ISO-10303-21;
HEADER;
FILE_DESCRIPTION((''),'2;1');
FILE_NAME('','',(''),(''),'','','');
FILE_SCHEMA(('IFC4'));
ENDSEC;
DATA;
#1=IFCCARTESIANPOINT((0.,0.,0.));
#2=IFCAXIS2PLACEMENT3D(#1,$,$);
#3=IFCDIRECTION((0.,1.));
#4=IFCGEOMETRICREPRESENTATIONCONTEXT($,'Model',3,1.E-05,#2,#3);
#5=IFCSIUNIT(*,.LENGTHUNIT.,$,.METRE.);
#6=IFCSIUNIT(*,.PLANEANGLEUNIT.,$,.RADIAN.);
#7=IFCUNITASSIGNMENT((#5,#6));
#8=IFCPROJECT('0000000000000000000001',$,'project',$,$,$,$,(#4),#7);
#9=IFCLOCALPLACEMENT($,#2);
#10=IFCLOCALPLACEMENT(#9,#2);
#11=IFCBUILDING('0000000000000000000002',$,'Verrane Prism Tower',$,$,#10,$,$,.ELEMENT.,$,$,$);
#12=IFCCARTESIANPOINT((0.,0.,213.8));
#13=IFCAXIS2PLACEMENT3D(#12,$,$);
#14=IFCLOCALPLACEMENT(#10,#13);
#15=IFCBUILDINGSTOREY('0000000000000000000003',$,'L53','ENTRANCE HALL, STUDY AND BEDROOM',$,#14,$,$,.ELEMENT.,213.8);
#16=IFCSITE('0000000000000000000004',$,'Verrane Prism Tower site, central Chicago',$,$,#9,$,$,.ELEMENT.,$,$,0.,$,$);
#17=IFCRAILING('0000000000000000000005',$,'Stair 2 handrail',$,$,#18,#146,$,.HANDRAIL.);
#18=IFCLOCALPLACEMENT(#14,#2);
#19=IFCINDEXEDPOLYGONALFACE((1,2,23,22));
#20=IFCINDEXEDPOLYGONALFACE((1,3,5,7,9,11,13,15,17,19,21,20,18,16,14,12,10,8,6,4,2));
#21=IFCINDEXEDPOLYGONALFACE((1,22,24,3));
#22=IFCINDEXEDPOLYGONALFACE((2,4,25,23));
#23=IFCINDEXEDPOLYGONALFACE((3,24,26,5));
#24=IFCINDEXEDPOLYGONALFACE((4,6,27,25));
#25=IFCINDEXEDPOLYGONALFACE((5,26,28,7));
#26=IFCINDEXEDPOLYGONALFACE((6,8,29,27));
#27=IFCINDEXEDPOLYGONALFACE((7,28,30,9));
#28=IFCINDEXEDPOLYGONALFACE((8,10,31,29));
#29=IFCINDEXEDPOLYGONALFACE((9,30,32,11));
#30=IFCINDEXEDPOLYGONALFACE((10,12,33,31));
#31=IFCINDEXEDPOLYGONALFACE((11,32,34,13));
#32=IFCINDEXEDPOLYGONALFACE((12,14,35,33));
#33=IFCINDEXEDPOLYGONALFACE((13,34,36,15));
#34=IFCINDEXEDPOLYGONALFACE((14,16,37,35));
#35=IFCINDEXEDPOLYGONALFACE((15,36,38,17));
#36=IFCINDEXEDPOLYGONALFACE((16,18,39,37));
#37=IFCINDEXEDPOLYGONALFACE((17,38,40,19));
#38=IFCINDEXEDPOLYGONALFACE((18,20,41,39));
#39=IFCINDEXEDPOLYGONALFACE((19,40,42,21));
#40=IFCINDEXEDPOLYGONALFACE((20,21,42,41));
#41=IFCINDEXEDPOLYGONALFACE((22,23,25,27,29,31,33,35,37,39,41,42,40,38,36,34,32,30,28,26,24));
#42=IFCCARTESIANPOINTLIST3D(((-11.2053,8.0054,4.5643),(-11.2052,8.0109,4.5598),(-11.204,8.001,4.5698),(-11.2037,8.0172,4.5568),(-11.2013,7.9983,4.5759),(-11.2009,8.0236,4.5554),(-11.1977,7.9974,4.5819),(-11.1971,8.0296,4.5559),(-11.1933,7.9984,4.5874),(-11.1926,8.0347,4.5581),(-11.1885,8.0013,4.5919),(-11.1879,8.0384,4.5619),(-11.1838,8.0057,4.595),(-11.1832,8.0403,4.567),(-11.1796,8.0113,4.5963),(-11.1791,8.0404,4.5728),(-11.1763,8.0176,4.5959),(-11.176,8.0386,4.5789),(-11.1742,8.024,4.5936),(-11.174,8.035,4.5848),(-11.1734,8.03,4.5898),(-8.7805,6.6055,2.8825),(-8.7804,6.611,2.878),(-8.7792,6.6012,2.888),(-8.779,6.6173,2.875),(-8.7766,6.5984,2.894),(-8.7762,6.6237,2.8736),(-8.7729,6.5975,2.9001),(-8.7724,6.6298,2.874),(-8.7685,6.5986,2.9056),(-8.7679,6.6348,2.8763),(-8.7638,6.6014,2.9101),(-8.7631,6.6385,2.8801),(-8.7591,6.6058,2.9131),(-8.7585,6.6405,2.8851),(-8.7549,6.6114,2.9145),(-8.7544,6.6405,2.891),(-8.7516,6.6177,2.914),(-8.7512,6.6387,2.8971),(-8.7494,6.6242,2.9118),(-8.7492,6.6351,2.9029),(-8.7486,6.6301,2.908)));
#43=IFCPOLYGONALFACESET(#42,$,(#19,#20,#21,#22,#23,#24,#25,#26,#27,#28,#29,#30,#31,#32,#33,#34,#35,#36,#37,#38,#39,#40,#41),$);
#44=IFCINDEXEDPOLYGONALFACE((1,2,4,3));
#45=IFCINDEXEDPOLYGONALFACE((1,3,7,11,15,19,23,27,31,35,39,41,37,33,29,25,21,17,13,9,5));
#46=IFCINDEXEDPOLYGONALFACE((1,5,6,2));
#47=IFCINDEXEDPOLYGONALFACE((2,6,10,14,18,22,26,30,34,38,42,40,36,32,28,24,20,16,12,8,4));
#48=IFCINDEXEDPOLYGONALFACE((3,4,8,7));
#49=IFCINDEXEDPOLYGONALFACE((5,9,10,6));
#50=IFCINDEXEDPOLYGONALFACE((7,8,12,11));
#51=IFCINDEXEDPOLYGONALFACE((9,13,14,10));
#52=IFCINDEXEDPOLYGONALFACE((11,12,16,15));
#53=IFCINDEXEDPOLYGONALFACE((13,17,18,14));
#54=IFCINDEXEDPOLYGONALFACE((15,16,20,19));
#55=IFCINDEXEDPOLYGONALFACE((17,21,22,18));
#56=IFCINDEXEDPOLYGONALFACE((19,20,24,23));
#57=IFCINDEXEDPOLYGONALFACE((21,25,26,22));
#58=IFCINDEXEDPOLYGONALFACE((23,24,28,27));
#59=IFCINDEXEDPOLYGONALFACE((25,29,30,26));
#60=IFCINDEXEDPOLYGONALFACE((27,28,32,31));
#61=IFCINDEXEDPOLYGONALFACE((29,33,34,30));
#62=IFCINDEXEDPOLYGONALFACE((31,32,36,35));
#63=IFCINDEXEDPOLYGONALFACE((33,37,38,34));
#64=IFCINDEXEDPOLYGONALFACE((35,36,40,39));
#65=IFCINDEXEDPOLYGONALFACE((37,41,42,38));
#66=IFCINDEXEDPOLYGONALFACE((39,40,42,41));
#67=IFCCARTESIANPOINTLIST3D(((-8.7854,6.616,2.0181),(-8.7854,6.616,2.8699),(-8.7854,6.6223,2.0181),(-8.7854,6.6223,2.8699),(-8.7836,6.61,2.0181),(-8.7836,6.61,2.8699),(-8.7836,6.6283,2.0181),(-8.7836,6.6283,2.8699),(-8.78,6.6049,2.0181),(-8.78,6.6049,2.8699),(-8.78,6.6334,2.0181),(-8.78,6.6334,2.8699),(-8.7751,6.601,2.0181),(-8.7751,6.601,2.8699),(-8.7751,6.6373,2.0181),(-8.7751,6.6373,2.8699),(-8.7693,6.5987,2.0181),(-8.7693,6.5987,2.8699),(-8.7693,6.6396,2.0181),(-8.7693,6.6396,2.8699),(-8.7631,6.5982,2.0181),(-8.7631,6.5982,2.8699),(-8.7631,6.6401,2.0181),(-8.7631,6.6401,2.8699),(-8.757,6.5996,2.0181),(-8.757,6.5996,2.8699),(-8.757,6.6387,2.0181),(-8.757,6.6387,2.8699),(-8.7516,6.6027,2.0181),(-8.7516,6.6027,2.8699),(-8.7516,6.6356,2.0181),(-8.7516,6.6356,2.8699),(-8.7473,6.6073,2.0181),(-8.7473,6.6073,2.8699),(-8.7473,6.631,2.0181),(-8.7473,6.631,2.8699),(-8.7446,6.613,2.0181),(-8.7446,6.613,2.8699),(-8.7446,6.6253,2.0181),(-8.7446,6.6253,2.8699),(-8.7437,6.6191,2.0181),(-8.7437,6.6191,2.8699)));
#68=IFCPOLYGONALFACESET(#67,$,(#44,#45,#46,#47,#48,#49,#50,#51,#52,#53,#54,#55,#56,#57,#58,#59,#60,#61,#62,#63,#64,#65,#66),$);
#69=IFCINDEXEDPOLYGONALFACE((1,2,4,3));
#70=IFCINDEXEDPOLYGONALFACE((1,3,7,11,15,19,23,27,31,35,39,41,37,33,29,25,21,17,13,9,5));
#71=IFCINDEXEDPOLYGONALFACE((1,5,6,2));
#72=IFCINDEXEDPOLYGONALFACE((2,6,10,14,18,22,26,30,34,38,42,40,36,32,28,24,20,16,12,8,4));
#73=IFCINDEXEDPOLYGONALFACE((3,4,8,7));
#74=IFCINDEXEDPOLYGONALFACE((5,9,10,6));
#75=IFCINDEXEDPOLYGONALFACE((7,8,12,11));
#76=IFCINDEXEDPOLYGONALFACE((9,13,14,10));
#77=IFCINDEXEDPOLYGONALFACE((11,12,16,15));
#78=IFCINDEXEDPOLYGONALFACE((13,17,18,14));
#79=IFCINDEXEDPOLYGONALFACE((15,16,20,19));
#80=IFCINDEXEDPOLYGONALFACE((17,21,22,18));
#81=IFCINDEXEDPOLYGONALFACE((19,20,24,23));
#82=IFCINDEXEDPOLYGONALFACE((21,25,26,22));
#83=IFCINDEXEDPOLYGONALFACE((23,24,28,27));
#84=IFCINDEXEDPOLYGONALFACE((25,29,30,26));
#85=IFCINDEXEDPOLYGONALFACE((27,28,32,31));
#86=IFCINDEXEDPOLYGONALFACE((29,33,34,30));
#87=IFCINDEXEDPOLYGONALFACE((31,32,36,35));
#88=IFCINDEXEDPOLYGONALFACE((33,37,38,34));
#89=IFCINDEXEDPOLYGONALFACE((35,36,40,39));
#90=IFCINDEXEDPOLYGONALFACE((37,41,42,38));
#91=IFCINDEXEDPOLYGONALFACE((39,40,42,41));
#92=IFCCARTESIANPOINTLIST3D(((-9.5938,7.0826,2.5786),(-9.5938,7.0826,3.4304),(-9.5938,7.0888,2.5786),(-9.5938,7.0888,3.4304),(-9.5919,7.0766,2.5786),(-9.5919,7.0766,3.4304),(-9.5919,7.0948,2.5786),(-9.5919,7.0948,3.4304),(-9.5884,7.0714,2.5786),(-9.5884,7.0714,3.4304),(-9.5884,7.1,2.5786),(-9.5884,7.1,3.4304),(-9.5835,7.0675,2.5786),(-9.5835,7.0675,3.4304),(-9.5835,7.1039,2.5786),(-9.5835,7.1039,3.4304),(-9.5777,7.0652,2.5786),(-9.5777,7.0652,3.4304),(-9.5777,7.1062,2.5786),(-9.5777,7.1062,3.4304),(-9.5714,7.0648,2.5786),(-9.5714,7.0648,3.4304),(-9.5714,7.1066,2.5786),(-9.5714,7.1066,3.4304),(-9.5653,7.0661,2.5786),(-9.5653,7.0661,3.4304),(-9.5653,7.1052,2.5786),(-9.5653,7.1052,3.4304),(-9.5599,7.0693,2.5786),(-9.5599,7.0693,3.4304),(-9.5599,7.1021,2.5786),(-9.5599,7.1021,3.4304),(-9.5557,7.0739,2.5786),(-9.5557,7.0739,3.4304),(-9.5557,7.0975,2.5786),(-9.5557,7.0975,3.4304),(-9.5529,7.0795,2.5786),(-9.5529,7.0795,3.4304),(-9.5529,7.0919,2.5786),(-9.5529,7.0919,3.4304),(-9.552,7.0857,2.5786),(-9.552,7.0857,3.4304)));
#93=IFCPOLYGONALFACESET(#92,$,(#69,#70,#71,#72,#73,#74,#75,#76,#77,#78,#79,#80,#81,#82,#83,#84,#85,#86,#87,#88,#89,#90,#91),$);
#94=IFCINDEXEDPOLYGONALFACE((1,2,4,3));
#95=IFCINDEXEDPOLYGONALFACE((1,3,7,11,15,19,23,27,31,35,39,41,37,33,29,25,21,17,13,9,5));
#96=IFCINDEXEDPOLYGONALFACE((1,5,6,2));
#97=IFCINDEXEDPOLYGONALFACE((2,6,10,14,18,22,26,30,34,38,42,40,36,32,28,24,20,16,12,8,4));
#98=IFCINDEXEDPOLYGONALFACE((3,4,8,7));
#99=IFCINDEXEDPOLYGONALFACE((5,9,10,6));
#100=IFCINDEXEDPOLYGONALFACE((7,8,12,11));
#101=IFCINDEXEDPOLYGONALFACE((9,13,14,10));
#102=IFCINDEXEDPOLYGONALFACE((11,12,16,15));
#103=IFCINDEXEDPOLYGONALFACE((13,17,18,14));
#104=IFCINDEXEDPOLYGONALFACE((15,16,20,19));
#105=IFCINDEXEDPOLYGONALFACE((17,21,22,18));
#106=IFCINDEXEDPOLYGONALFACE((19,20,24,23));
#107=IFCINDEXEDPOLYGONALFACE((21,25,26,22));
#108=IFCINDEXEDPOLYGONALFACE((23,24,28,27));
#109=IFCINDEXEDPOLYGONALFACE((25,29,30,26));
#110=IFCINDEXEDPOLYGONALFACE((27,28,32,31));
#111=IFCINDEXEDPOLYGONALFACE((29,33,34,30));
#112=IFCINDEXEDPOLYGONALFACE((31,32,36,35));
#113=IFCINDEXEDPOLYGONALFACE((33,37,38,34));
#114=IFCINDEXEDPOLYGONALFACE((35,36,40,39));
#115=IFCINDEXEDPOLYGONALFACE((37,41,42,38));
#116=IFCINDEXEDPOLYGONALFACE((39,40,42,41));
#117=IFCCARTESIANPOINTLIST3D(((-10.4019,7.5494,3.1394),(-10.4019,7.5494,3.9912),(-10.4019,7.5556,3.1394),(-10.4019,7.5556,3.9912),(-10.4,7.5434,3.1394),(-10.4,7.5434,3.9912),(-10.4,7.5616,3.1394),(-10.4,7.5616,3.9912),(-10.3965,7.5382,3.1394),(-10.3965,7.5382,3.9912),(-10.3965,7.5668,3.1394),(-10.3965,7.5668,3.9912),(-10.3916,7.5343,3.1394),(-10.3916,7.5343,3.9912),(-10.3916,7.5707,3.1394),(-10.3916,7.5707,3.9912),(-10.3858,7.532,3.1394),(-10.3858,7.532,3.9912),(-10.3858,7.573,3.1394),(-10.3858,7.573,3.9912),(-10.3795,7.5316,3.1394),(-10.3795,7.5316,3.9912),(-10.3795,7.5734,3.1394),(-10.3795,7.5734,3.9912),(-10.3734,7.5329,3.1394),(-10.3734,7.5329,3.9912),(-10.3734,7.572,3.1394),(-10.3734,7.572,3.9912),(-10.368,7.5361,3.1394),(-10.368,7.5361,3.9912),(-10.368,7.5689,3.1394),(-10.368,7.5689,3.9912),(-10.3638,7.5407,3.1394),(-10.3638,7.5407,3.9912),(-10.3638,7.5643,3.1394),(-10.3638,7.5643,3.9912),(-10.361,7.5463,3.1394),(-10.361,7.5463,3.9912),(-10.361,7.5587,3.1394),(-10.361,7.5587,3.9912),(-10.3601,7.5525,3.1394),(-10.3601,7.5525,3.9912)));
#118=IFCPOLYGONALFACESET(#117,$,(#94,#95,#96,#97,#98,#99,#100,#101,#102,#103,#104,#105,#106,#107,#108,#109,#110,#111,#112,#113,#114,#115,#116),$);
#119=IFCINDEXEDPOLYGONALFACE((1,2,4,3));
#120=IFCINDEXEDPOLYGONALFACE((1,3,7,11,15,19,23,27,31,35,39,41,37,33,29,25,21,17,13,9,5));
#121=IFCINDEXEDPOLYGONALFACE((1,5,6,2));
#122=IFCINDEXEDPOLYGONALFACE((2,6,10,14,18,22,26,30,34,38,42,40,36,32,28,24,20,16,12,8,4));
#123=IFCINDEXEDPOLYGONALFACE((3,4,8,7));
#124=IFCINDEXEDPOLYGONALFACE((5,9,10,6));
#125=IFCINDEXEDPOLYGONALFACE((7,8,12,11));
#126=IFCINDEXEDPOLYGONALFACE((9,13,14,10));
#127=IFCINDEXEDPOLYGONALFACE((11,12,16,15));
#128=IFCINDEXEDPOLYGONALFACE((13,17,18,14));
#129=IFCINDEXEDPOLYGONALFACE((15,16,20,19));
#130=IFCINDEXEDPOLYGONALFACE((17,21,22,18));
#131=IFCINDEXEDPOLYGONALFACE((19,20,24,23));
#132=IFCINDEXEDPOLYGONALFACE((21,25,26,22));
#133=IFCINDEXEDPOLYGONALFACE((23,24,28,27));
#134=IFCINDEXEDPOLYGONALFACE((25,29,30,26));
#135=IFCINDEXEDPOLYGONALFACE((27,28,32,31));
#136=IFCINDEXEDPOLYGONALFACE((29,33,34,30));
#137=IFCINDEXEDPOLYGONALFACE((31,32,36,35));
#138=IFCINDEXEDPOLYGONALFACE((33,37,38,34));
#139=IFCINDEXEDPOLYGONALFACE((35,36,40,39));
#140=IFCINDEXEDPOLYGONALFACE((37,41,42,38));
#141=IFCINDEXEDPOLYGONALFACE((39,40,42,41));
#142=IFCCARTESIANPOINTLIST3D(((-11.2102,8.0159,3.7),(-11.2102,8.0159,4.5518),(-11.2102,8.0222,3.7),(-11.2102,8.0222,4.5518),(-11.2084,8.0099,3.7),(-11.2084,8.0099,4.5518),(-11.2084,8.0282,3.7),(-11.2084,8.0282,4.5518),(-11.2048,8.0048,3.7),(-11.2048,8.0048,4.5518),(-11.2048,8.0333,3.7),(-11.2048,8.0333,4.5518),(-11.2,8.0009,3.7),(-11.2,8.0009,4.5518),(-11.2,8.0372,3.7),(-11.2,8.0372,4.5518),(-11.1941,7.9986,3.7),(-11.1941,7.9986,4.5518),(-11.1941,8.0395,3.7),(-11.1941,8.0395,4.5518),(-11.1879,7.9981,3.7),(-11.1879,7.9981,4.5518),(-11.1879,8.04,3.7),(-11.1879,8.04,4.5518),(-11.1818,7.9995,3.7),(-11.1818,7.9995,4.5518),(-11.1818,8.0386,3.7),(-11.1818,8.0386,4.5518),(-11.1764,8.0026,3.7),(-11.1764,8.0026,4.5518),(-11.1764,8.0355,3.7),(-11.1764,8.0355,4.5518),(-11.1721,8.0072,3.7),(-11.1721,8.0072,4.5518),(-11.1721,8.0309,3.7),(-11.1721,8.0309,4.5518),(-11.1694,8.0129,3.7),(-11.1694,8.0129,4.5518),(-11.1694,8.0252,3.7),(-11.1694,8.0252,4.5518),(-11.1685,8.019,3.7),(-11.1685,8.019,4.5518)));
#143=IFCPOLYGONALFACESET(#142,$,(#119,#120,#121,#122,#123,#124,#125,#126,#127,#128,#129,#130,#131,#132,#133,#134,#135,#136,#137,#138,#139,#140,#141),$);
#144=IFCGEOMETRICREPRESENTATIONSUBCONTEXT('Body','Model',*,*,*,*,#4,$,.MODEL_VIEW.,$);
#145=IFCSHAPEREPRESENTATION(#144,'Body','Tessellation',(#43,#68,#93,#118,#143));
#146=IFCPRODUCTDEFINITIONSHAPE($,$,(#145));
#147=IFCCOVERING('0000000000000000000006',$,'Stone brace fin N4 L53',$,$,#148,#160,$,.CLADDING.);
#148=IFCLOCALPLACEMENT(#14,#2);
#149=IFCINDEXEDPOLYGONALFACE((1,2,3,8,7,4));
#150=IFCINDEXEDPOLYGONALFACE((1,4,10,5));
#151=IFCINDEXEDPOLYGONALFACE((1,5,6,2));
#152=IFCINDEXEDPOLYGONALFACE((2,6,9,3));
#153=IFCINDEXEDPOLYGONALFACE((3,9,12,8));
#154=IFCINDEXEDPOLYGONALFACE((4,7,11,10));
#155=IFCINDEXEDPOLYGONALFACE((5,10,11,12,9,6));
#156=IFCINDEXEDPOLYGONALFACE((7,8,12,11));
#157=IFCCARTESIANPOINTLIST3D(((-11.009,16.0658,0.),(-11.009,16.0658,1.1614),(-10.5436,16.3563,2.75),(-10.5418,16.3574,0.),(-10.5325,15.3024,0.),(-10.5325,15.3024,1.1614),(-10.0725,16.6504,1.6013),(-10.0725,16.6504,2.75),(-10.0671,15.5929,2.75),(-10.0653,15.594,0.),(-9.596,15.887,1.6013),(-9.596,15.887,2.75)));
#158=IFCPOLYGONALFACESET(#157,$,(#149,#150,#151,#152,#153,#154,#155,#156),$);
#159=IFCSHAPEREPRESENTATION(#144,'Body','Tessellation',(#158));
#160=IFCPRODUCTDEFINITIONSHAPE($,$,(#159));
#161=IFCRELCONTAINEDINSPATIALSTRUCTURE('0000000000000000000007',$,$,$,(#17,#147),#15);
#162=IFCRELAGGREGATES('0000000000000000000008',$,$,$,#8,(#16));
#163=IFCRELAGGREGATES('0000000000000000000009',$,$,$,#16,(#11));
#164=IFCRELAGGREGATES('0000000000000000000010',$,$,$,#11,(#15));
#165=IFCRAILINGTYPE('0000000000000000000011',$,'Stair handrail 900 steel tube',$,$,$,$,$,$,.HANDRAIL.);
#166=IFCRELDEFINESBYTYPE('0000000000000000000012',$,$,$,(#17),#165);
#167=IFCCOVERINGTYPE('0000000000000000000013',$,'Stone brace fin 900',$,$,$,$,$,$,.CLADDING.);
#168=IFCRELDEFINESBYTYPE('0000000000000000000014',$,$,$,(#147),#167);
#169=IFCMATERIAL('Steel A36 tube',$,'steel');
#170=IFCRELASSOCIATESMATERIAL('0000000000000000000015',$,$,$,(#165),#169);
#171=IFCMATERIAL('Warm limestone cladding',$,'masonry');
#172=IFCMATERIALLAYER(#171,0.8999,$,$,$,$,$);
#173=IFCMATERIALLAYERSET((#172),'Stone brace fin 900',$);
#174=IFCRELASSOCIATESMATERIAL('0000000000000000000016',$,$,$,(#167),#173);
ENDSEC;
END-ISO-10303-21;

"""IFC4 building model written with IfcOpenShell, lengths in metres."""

from ifc_helpers import new_model, si_unit, direction, frame, origin, origin_2d, place, context, subcontext, project, spatial, polyline, circle, outline, extrude, material, layer, layer_set, type_object, element, save


model = new_model("IFC4")

# Units and contexts
model_context = context("Model", 3, precision=1e-05, world=origin(), true_north=direction((0.0, 1.0)))
body_context = subcontext(model_context, "Body", "Model", "MODEL_VIEW")
ifc_project = project(units=[si_unit("LENGTHUNIT", "METRE"), si_unit("PLANEANGLEUNIT", "RADIAN")], contexts=[model_context])

# Site, building, storey
site_placement = place(None, origin())
site = spatial("IfcSite", under=ifc_project, at=site_placement, Name="Verrane Prism Tower site, central Chicago", CompositionType="ELEMENT", RefElevation=0.0)
building_placement = place(site_placement, origin())
building = spatial("IfcBuilding", under=site, at=building_placement, Name="Verrane Prism Tower", CompositionType="ELEMENT")
storey_placement = place(building_placement, frame((0.0, 0.0, 213.8)))
storey = spatial("IfcBuildingStorey", under=building, at=storey_placement, Name="L53", Description="ENTRANCE HALL, STUDY AND BEDROOM", CompositionType="ELEMENT", Elevation=213.8)

# Railing
ifc_material_1 = material(Name="Steel A36 tube", Category="steel")
railing_type_1 = type_object("IfcRailingType", Name="Stair handrail 900 steel tube", PredefinedType="HANDRAIL", material=ifc_material_1)
railing_1_placement = place(storey_placement, frame((-8.7646, 6.6191, 2.0181)))
element("IfcRailing", 1, at=railing_1_placement, inside=storey, type_object=railing_type_1, Name="Stair 2 handrail", PredefinedType="HANDRAIL", context=body_context, shape_type="SweptSolid", body=[
    extrude(circle(Radius=0.0239, at=origin_2d()), frame((0.0, 0.0, 0.876), z_axis=(-0.74239, 0.428601, 0.514934), x_axis=(-0.499984, -0.866035, 0.0)), (0.0, 0.0, 1.0), 3.2661),
    extrude(circle(Radius=0.021, at=origin_2d()), origin(), (0.0, 0.0, 1.0), 0.8518),
    extrude(circle(Radius=0.021, at=origin_2d()), frame((-0.8083, 0.4666, 0.5605)), (0.0, 0.0, 1.0), 0.8518),
    extrude(circle(Radius=0.021, at=origin_2d()), frame((-1.6165, 0.9333, 1.1213)), (0.0, 0.0, 1.0), 0.8518),
    extrude(circle(Radius=0.021, at=origin_2d()), frame((-2.4248, 1.3999, 1.6819)), (0.0, 0.0, 1.0), 0.8518),
])

# Covering
ifc_material_2 = material(Name="Warm limestone cladding", Category="masonry")
ifc_layer_1 = layer(ifc_material_2, 0.8999)
ifc_layer_set_1 = layer_set([ifc_layer_1], Name="Stone brace fin 900")
covering_type = type_object("IfcCoveringType", Name="Stone brace fin 900", PredefinedType="CLADDING", material=ifc_layer_set_1)
covering_placement = place(storey_placement, frame((-10.7708, 15.6841, 0.0), z_axis=(0.0, 0.0, 1.0), x_axis=(0.848309, 0.529502, 0.0)))
element("IfcCovering", 2, at=covering_placement, inside=storey, type_object=covering_type, Name="Stone brace fin N4 L53", PredefinedType="CLADDING", context=body_context, shape_type="SweptSolid", body=[
    extrude(outline(polyline([(1.104, 2.75), (0.5486, 2.75), (0.0, 1.1614), (0.0, 0.0), (0.5508, 0.0), (1.104, 1.6013), (1.104, 2.75)])), frame((0.0, 0.45, 0.0), z_axis=(0.0, -1.0, 0.0), x_axis=(1.0, 0.0, 0.0)), (0.0, 0.0, 1.0), 0.8999),
])

save(model, "model.ifc")
